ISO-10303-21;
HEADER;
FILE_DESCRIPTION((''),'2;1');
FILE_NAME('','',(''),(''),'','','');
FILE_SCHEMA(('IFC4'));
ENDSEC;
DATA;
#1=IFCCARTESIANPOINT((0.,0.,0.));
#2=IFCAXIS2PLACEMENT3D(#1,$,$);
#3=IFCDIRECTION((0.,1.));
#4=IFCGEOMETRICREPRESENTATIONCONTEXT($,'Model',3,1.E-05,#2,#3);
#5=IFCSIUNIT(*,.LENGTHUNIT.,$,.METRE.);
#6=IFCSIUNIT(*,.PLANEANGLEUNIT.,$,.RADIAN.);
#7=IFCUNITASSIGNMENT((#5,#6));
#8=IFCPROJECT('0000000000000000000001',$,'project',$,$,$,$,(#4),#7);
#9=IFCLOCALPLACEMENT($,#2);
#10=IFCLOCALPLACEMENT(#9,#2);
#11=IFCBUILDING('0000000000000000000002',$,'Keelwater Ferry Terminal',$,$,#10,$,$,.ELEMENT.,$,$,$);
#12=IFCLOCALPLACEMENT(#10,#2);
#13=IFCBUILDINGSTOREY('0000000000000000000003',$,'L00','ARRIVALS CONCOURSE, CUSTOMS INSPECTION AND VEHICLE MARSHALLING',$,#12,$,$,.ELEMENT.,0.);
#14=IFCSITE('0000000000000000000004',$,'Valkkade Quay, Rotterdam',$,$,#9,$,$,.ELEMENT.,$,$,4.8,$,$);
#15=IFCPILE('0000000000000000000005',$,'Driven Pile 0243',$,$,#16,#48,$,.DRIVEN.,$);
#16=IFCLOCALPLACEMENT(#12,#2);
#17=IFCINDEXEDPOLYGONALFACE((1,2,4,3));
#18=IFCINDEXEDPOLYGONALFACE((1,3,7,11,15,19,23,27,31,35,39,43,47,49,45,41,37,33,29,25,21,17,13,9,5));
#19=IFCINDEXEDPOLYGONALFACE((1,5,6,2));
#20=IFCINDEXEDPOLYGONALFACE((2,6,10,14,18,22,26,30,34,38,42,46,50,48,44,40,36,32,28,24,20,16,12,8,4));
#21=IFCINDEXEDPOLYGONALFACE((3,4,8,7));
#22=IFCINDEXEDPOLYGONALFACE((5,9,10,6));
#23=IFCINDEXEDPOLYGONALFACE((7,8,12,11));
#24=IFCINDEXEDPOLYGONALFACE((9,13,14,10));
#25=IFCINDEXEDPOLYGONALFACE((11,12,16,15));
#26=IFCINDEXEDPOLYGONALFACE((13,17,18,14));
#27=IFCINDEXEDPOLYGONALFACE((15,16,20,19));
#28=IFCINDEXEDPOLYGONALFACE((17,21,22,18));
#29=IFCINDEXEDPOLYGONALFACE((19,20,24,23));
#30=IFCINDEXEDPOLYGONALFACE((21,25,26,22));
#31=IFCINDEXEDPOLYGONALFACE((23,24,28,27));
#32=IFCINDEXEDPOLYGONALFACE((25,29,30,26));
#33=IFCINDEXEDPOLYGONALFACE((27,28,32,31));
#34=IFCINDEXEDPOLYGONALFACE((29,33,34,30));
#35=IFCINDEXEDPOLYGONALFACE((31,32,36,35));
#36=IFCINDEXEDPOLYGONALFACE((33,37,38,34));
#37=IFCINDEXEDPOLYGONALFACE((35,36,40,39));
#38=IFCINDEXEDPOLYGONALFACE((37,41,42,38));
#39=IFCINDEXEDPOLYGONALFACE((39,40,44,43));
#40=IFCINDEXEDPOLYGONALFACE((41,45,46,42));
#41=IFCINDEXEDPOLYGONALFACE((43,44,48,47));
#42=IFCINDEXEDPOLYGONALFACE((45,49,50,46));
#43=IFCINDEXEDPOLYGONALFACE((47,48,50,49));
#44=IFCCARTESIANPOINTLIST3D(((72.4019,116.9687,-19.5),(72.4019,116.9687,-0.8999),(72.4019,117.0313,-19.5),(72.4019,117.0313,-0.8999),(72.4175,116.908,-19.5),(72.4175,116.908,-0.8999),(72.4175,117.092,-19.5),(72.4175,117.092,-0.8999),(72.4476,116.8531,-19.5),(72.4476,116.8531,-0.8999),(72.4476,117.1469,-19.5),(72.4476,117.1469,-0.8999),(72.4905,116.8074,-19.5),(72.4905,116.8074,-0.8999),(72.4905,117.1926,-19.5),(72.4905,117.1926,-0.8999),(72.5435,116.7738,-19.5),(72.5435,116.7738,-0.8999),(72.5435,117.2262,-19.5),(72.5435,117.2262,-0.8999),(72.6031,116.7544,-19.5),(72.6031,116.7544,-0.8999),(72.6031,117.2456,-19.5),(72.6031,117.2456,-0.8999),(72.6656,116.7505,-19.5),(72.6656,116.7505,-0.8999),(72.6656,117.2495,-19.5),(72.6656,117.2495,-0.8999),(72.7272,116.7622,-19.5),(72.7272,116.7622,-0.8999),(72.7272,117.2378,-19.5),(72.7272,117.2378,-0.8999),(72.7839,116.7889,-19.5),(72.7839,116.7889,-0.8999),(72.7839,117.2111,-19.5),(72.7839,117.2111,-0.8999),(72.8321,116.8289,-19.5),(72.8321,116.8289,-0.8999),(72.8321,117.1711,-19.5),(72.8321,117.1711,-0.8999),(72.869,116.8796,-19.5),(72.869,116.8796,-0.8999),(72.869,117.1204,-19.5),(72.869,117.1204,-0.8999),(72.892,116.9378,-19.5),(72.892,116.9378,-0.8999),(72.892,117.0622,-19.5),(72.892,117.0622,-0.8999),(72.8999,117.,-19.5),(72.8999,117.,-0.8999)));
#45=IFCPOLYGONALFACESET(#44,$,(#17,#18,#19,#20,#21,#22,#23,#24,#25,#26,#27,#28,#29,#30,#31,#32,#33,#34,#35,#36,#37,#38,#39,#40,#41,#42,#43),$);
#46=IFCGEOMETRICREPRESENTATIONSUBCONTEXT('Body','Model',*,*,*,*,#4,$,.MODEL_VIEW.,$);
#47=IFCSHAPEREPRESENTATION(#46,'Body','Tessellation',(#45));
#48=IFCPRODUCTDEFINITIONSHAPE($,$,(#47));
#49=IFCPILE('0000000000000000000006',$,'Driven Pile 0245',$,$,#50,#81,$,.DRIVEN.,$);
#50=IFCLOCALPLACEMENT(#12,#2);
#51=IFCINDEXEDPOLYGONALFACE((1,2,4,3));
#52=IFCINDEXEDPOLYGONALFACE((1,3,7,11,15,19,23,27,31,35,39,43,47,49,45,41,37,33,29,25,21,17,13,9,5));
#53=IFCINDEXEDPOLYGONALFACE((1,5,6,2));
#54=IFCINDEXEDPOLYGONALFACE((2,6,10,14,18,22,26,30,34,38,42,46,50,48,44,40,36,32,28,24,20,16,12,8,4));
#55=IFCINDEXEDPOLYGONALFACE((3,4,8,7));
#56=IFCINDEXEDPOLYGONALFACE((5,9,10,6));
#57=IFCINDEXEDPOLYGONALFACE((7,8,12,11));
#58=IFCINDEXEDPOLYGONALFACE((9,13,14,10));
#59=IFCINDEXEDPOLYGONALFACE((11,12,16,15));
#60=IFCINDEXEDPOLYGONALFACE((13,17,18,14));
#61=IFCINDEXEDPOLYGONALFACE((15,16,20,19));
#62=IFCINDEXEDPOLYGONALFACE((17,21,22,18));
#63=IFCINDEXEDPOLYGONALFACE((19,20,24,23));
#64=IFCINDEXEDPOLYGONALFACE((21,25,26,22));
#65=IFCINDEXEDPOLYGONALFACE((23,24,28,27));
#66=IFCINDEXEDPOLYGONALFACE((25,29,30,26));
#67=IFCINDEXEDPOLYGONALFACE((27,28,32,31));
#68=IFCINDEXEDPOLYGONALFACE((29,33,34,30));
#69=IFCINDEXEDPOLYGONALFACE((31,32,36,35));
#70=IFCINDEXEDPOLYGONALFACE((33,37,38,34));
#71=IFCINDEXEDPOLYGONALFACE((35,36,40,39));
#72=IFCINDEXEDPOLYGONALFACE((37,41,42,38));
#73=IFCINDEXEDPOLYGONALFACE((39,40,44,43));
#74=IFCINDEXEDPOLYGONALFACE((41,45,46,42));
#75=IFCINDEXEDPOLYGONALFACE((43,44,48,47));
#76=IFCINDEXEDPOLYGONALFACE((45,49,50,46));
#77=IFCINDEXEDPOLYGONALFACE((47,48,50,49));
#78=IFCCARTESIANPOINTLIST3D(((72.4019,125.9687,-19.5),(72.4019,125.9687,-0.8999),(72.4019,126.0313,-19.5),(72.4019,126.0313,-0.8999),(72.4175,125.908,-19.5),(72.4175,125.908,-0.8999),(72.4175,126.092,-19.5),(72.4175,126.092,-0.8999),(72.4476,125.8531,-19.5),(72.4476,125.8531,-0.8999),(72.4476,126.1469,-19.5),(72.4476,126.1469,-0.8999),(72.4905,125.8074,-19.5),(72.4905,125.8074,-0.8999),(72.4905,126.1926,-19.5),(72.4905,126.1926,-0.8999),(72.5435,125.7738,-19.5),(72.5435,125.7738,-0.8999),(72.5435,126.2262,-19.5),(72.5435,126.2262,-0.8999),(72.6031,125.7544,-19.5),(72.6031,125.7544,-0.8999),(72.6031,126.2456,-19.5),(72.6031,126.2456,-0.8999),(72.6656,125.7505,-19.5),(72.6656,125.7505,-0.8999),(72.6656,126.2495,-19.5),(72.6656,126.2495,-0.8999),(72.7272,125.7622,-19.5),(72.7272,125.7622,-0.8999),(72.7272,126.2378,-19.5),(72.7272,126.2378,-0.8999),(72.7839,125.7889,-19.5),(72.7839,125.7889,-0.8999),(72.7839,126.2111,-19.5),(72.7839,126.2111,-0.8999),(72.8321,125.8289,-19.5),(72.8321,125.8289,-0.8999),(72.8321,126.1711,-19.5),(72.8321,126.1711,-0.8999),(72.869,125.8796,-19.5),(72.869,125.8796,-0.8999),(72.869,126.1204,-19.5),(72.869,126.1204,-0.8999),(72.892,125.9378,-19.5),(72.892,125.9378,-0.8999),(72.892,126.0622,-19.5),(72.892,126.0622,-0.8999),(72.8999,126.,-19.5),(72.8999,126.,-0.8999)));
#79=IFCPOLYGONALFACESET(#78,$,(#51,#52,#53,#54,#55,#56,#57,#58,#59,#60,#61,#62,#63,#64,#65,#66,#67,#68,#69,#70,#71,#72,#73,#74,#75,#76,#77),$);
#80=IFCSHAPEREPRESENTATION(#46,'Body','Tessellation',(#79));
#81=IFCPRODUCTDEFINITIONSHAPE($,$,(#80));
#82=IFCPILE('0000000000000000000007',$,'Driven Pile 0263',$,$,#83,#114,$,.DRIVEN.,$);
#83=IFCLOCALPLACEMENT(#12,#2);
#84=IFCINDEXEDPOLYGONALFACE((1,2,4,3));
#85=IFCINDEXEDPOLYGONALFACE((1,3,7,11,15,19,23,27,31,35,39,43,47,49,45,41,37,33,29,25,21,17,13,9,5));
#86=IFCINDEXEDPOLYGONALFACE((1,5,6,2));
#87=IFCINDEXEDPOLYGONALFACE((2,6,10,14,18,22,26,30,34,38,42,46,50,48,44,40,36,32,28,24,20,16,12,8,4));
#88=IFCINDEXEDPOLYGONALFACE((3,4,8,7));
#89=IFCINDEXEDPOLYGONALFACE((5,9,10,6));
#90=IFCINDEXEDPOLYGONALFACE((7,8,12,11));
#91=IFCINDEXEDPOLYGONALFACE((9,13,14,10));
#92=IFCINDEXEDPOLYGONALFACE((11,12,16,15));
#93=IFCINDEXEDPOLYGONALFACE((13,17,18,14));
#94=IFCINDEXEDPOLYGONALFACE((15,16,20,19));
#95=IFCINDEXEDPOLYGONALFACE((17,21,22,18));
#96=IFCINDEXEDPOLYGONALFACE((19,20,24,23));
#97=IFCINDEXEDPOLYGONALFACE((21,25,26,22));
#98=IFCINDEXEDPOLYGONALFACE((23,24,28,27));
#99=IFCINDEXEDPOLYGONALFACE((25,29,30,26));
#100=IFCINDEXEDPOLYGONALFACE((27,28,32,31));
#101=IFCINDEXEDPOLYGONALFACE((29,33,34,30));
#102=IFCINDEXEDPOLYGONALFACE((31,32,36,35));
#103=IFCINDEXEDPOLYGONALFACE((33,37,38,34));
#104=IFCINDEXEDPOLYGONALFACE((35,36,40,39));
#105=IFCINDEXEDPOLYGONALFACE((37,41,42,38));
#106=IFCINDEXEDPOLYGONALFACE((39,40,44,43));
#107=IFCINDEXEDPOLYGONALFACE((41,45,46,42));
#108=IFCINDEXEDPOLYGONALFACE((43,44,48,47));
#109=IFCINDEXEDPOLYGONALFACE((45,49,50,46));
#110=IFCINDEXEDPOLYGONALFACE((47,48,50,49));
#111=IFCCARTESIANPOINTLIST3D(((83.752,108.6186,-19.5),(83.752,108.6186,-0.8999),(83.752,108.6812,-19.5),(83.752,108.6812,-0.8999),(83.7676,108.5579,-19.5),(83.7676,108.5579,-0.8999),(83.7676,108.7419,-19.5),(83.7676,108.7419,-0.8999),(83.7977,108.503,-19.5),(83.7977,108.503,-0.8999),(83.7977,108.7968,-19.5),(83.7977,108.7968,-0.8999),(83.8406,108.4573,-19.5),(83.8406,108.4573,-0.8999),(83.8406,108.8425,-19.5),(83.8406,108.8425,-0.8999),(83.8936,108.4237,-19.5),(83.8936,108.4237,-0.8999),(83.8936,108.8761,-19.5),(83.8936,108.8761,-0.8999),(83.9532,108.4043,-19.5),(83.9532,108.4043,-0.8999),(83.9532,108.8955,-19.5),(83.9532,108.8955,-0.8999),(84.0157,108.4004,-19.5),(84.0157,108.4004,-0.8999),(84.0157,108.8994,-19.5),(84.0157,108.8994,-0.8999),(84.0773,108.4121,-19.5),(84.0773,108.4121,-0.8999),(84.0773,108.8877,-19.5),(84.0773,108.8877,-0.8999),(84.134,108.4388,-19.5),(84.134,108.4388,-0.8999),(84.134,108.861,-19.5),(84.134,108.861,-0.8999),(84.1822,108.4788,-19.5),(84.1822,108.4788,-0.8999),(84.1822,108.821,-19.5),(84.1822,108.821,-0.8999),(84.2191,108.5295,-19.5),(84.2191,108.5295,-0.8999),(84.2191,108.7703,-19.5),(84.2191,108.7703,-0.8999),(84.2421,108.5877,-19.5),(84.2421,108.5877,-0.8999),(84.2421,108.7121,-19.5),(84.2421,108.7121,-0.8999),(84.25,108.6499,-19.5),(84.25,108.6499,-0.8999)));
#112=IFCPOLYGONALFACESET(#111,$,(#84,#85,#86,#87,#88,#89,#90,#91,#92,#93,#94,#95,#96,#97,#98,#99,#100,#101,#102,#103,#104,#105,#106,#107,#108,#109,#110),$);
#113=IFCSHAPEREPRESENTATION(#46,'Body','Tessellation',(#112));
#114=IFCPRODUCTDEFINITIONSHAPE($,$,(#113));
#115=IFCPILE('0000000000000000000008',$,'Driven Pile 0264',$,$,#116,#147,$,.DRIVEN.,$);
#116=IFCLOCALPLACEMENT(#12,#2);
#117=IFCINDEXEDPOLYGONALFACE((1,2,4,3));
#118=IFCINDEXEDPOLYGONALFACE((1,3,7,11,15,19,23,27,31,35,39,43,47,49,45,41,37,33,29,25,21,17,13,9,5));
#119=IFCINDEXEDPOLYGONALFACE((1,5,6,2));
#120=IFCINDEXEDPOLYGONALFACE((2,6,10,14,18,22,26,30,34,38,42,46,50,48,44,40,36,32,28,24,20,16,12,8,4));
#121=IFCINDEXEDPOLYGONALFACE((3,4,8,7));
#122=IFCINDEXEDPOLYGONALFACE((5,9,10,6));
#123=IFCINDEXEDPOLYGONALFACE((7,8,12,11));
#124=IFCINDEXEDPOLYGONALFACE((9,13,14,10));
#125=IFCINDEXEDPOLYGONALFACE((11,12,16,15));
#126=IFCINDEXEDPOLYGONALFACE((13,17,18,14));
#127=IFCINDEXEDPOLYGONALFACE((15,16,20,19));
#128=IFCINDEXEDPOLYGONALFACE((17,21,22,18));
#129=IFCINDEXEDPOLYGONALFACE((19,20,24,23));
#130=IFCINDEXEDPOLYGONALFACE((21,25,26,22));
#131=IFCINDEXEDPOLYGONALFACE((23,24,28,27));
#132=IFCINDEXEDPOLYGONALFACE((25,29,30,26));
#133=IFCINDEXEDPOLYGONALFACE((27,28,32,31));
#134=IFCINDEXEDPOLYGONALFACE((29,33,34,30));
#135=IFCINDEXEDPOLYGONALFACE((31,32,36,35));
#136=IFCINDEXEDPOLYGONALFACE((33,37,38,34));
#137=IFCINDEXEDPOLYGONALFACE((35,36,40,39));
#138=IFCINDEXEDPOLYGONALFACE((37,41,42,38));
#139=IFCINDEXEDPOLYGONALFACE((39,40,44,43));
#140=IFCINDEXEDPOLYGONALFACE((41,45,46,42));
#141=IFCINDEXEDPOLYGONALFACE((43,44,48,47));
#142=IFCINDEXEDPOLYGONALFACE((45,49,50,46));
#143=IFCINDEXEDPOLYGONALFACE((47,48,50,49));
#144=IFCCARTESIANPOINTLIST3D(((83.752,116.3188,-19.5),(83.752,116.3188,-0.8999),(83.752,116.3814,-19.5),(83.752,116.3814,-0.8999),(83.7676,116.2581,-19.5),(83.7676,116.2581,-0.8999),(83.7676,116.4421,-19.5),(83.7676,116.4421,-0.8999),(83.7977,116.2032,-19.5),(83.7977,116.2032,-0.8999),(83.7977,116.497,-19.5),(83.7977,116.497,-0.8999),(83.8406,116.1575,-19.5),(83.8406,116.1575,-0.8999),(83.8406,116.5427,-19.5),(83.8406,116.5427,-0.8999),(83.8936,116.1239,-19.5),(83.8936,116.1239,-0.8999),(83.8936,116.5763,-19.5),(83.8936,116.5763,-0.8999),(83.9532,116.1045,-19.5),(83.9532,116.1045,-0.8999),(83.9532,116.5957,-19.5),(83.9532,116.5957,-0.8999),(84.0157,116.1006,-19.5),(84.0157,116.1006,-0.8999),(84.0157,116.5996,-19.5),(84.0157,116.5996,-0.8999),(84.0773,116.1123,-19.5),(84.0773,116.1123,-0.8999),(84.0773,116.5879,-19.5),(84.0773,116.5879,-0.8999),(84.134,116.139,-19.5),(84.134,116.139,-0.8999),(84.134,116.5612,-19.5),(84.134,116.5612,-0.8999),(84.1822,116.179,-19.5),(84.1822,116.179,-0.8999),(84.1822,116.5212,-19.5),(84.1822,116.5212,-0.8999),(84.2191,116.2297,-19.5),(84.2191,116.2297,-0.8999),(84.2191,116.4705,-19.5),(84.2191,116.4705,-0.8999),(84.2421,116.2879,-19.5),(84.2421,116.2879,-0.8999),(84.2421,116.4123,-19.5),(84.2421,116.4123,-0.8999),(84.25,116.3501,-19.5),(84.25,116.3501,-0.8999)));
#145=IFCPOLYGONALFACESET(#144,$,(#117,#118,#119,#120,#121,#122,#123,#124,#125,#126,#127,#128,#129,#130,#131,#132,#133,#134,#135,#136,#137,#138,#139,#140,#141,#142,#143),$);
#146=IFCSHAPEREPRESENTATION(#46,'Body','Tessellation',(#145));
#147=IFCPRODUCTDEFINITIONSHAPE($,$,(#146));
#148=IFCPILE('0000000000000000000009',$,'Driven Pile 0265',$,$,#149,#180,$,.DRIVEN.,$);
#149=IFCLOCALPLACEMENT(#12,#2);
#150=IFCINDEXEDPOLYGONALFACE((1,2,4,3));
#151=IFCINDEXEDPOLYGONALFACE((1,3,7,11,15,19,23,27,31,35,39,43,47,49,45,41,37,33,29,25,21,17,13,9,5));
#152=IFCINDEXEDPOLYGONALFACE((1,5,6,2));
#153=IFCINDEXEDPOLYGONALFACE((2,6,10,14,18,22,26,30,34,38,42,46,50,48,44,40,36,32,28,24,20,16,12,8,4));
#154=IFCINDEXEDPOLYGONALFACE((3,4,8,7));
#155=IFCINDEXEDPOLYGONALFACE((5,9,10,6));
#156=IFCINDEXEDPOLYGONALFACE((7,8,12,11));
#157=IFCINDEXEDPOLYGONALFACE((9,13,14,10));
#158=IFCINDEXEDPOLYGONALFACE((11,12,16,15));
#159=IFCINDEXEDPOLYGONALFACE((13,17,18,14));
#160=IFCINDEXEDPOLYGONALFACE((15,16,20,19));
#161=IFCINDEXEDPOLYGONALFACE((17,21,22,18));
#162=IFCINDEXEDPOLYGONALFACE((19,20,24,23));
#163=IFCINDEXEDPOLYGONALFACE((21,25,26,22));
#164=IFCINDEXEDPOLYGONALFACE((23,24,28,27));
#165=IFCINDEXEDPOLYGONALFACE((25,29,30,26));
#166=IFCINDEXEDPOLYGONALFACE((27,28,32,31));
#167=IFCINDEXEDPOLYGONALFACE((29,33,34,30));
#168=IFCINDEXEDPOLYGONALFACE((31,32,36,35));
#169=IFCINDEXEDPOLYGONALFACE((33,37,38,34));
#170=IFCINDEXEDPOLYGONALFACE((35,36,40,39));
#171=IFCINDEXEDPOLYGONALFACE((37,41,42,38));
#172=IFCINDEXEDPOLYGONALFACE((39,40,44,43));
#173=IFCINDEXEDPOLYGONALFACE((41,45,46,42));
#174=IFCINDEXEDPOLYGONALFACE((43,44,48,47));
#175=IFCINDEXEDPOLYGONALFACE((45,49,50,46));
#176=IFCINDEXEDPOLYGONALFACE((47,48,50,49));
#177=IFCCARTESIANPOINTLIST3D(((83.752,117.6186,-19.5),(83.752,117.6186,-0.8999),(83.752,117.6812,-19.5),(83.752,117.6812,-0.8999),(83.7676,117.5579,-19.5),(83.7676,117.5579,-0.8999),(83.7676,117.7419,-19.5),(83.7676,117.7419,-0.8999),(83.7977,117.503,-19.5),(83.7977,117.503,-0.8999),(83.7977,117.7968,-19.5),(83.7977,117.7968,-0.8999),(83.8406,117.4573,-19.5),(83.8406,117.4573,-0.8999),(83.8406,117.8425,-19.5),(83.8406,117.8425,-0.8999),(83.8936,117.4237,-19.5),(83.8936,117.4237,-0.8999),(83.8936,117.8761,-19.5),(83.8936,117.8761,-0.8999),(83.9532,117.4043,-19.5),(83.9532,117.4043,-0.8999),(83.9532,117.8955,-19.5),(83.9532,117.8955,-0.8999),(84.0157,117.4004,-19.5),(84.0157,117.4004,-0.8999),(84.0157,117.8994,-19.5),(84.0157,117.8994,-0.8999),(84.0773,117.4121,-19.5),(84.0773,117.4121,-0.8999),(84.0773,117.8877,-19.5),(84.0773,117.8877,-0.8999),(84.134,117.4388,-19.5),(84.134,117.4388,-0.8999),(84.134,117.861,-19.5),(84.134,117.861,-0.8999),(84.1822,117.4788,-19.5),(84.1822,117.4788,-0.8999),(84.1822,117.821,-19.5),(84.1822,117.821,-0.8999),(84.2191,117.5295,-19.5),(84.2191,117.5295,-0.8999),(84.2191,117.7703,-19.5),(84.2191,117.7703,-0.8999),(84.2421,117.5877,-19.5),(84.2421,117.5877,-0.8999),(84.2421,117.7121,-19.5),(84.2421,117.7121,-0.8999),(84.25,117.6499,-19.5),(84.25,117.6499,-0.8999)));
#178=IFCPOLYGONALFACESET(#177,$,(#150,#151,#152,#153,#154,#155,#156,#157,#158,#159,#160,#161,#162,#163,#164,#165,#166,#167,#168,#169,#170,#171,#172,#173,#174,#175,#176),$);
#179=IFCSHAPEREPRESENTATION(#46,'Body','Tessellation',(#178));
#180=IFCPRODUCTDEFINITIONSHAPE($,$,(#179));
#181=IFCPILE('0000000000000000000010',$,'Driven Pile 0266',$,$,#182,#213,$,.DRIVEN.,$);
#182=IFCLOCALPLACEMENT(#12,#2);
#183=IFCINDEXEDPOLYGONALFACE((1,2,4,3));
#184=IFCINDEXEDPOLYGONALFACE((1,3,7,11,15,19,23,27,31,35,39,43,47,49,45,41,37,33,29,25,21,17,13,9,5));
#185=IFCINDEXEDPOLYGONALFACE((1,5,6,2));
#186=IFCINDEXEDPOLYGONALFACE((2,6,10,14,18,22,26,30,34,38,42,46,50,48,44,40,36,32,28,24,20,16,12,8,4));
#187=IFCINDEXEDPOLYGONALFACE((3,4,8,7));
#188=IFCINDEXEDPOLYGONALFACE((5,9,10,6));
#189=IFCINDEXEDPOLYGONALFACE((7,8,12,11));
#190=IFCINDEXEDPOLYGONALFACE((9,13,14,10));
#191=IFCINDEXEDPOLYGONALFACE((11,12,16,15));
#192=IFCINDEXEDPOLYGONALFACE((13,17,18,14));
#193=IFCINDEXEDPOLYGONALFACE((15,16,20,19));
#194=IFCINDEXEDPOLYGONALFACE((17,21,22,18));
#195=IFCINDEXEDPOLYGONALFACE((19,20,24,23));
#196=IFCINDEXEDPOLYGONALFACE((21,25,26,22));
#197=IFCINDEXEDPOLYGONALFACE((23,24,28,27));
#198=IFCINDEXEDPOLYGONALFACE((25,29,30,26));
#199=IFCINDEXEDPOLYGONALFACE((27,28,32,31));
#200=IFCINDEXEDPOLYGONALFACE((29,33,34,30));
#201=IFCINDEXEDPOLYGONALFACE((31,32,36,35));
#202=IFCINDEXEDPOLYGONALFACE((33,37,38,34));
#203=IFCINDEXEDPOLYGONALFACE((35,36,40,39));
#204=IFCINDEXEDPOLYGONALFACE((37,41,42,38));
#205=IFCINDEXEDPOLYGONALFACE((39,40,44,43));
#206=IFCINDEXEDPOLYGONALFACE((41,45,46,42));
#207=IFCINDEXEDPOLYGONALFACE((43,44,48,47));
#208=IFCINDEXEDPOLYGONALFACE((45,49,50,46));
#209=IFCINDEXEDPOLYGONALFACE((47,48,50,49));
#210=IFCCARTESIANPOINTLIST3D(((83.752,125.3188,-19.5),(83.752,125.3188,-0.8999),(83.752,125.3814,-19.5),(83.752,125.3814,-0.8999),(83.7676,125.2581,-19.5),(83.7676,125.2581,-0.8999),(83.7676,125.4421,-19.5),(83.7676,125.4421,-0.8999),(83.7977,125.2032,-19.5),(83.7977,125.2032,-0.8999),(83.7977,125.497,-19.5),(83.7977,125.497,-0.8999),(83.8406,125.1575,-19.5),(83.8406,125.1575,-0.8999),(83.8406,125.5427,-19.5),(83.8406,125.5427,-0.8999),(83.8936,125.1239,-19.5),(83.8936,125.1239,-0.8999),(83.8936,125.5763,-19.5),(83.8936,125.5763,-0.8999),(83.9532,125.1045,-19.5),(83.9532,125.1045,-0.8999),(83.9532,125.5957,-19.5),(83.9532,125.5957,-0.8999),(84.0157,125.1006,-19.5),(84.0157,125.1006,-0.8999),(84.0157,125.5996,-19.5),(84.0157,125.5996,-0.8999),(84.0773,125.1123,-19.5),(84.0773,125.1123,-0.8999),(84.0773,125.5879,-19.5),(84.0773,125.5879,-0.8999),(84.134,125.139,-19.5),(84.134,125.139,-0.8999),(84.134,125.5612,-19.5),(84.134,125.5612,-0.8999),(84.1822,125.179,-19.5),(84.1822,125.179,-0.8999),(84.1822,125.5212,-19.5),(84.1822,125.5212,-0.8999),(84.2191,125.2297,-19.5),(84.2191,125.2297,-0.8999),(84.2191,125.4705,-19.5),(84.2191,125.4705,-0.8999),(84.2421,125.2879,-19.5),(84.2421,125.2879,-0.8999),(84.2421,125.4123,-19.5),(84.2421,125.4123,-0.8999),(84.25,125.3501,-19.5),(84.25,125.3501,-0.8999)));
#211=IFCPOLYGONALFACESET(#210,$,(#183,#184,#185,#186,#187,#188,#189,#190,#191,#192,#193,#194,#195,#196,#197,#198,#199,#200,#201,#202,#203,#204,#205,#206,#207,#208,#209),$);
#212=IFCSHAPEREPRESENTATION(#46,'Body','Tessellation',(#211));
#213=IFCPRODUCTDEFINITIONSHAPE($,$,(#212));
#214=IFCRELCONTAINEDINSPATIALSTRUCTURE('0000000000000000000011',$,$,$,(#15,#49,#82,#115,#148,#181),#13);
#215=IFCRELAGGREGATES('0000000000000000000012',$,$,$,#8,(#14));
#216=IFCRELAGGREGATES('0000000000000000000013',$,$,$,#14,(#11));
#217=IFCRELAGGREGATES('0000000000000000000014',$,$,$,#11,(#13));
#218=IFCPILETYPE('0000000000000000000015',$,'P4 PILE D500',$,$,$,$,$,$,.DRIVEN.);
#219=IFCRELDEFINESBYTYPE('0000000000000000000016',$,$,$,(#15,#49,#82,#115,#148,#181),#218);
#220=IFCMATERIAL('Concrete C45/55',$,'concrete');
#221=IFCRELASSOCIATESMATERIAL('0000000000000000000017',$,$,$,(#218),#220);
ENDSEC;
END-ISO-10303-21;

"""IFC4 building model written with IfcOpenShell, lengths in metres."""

from ifc_helpers import new_model, si_unit, direction, frame, origin, origin_2d, place, context, subcontext, project, spatial, circle, extrude, material, material_profile, profile_set, type_object, element, save


model = new_model("IFC4")

# Units and contexts
model_context = context("Model", 3, precision=1e-05, world=origin(), true_north=direction((0.0, 1.0)))
body_context = subcontext(model_context, "Body", "Model", "MODEL_VIEW")
ifc_project = project(units=[si_unit("LENGTHUNIT", "METRE"), si_unit("PLANEANGLEUNIT", "RADIAN")], contexts=[model_context])

# Site, building, storey
site_placement = place(None, origin())
site = spatial("IfcSite", under=ifc_project, at=site_placement, Name="Valkkade Quay, Rotterdam", CompositionType="ELEMENT", RefElevation=4.8)
building_placement = place(site_placement, origin())
building = spatial("IfcBuilding", under=site, at=building_placement, Name="Keelwater Ferry Terminal", CompositionType="ELEMENT")
storey_placement = place(building_placement, origin())
storey = spatial("IfcBuildingStorey", under=building, at=storey_placement, Name="L00", Description="ARRIVALS CONCOURSE, CUSTOMS INSPECTION AND VEHICLE MARSHALLING", CompositionType="ELEMENT", Elevation=0.0)

# Piles
ifc_material_1 = material(Name="Concrete C45/55", Category="concrete")
ifc_material_profile_1 = material_profile(ifc_material_1, circle(Radius=0.25, at=origin_2d()), Name="PILE D500")
ifc_profile_set_1 = profile_set([ifc_material_profile_1], Name="Concrete C45/55")
pile_type = type_object("IfcPileType", Name="P4 PILE D500", PredefinedType="DRIVEN", material=ifc_profile_set_1)
for number, where, z_axis, x_axis, name in (
    (1, (72.6499, 117.0, -0.8999), (0.0, 0.0, -1.0), (1.0, 0.0, 0.0), "Driven Pile 0243"),
    (2, (72.6499, 126.0, -0.8999), (0.0, 0.0, -1.0), (1.0, 0.0, 0.0), "Driven Pile 0245"),
    (3, (84.0, 108.6499, -0.8999), (0.0, 0.0, -1.0), (1.0, 0.0, 0.0), "Driven Pile 0263"),
    (4, (84.0, 116.3501, -0.8999), (0.0, 0.0, -1.0), (1.0, 0.0, 0.0), "Driven Pile 0264"),
    (5, (84.0, 117.6499, -0.8999), (0.0, 0.0, -1.0), (1.0, 0.0, 0.0), "Driven Pile 0265"),
    (6, (84.0, 125.3501, -0.8999), (0.0, 0.0, -1.0), (1.0, 0.0, 0.0), "Driven Pile 0266"),
):
    element("IfcPile", number, at=place(storey_placement, frame(where, z_axis=z_axis, x_axis=x_axis)), inside=storey, type_object=pile_type, Name=name, PredefinedType="DRIVEN", context=body_context, shape_type="SweptSolid", body=[
        extrude(circle(Radius=0.25, at=origin_2d()), origin(), (0.0, 0.0, 1.0), 18.6001),
    ])

save(model, "model.ifc")
